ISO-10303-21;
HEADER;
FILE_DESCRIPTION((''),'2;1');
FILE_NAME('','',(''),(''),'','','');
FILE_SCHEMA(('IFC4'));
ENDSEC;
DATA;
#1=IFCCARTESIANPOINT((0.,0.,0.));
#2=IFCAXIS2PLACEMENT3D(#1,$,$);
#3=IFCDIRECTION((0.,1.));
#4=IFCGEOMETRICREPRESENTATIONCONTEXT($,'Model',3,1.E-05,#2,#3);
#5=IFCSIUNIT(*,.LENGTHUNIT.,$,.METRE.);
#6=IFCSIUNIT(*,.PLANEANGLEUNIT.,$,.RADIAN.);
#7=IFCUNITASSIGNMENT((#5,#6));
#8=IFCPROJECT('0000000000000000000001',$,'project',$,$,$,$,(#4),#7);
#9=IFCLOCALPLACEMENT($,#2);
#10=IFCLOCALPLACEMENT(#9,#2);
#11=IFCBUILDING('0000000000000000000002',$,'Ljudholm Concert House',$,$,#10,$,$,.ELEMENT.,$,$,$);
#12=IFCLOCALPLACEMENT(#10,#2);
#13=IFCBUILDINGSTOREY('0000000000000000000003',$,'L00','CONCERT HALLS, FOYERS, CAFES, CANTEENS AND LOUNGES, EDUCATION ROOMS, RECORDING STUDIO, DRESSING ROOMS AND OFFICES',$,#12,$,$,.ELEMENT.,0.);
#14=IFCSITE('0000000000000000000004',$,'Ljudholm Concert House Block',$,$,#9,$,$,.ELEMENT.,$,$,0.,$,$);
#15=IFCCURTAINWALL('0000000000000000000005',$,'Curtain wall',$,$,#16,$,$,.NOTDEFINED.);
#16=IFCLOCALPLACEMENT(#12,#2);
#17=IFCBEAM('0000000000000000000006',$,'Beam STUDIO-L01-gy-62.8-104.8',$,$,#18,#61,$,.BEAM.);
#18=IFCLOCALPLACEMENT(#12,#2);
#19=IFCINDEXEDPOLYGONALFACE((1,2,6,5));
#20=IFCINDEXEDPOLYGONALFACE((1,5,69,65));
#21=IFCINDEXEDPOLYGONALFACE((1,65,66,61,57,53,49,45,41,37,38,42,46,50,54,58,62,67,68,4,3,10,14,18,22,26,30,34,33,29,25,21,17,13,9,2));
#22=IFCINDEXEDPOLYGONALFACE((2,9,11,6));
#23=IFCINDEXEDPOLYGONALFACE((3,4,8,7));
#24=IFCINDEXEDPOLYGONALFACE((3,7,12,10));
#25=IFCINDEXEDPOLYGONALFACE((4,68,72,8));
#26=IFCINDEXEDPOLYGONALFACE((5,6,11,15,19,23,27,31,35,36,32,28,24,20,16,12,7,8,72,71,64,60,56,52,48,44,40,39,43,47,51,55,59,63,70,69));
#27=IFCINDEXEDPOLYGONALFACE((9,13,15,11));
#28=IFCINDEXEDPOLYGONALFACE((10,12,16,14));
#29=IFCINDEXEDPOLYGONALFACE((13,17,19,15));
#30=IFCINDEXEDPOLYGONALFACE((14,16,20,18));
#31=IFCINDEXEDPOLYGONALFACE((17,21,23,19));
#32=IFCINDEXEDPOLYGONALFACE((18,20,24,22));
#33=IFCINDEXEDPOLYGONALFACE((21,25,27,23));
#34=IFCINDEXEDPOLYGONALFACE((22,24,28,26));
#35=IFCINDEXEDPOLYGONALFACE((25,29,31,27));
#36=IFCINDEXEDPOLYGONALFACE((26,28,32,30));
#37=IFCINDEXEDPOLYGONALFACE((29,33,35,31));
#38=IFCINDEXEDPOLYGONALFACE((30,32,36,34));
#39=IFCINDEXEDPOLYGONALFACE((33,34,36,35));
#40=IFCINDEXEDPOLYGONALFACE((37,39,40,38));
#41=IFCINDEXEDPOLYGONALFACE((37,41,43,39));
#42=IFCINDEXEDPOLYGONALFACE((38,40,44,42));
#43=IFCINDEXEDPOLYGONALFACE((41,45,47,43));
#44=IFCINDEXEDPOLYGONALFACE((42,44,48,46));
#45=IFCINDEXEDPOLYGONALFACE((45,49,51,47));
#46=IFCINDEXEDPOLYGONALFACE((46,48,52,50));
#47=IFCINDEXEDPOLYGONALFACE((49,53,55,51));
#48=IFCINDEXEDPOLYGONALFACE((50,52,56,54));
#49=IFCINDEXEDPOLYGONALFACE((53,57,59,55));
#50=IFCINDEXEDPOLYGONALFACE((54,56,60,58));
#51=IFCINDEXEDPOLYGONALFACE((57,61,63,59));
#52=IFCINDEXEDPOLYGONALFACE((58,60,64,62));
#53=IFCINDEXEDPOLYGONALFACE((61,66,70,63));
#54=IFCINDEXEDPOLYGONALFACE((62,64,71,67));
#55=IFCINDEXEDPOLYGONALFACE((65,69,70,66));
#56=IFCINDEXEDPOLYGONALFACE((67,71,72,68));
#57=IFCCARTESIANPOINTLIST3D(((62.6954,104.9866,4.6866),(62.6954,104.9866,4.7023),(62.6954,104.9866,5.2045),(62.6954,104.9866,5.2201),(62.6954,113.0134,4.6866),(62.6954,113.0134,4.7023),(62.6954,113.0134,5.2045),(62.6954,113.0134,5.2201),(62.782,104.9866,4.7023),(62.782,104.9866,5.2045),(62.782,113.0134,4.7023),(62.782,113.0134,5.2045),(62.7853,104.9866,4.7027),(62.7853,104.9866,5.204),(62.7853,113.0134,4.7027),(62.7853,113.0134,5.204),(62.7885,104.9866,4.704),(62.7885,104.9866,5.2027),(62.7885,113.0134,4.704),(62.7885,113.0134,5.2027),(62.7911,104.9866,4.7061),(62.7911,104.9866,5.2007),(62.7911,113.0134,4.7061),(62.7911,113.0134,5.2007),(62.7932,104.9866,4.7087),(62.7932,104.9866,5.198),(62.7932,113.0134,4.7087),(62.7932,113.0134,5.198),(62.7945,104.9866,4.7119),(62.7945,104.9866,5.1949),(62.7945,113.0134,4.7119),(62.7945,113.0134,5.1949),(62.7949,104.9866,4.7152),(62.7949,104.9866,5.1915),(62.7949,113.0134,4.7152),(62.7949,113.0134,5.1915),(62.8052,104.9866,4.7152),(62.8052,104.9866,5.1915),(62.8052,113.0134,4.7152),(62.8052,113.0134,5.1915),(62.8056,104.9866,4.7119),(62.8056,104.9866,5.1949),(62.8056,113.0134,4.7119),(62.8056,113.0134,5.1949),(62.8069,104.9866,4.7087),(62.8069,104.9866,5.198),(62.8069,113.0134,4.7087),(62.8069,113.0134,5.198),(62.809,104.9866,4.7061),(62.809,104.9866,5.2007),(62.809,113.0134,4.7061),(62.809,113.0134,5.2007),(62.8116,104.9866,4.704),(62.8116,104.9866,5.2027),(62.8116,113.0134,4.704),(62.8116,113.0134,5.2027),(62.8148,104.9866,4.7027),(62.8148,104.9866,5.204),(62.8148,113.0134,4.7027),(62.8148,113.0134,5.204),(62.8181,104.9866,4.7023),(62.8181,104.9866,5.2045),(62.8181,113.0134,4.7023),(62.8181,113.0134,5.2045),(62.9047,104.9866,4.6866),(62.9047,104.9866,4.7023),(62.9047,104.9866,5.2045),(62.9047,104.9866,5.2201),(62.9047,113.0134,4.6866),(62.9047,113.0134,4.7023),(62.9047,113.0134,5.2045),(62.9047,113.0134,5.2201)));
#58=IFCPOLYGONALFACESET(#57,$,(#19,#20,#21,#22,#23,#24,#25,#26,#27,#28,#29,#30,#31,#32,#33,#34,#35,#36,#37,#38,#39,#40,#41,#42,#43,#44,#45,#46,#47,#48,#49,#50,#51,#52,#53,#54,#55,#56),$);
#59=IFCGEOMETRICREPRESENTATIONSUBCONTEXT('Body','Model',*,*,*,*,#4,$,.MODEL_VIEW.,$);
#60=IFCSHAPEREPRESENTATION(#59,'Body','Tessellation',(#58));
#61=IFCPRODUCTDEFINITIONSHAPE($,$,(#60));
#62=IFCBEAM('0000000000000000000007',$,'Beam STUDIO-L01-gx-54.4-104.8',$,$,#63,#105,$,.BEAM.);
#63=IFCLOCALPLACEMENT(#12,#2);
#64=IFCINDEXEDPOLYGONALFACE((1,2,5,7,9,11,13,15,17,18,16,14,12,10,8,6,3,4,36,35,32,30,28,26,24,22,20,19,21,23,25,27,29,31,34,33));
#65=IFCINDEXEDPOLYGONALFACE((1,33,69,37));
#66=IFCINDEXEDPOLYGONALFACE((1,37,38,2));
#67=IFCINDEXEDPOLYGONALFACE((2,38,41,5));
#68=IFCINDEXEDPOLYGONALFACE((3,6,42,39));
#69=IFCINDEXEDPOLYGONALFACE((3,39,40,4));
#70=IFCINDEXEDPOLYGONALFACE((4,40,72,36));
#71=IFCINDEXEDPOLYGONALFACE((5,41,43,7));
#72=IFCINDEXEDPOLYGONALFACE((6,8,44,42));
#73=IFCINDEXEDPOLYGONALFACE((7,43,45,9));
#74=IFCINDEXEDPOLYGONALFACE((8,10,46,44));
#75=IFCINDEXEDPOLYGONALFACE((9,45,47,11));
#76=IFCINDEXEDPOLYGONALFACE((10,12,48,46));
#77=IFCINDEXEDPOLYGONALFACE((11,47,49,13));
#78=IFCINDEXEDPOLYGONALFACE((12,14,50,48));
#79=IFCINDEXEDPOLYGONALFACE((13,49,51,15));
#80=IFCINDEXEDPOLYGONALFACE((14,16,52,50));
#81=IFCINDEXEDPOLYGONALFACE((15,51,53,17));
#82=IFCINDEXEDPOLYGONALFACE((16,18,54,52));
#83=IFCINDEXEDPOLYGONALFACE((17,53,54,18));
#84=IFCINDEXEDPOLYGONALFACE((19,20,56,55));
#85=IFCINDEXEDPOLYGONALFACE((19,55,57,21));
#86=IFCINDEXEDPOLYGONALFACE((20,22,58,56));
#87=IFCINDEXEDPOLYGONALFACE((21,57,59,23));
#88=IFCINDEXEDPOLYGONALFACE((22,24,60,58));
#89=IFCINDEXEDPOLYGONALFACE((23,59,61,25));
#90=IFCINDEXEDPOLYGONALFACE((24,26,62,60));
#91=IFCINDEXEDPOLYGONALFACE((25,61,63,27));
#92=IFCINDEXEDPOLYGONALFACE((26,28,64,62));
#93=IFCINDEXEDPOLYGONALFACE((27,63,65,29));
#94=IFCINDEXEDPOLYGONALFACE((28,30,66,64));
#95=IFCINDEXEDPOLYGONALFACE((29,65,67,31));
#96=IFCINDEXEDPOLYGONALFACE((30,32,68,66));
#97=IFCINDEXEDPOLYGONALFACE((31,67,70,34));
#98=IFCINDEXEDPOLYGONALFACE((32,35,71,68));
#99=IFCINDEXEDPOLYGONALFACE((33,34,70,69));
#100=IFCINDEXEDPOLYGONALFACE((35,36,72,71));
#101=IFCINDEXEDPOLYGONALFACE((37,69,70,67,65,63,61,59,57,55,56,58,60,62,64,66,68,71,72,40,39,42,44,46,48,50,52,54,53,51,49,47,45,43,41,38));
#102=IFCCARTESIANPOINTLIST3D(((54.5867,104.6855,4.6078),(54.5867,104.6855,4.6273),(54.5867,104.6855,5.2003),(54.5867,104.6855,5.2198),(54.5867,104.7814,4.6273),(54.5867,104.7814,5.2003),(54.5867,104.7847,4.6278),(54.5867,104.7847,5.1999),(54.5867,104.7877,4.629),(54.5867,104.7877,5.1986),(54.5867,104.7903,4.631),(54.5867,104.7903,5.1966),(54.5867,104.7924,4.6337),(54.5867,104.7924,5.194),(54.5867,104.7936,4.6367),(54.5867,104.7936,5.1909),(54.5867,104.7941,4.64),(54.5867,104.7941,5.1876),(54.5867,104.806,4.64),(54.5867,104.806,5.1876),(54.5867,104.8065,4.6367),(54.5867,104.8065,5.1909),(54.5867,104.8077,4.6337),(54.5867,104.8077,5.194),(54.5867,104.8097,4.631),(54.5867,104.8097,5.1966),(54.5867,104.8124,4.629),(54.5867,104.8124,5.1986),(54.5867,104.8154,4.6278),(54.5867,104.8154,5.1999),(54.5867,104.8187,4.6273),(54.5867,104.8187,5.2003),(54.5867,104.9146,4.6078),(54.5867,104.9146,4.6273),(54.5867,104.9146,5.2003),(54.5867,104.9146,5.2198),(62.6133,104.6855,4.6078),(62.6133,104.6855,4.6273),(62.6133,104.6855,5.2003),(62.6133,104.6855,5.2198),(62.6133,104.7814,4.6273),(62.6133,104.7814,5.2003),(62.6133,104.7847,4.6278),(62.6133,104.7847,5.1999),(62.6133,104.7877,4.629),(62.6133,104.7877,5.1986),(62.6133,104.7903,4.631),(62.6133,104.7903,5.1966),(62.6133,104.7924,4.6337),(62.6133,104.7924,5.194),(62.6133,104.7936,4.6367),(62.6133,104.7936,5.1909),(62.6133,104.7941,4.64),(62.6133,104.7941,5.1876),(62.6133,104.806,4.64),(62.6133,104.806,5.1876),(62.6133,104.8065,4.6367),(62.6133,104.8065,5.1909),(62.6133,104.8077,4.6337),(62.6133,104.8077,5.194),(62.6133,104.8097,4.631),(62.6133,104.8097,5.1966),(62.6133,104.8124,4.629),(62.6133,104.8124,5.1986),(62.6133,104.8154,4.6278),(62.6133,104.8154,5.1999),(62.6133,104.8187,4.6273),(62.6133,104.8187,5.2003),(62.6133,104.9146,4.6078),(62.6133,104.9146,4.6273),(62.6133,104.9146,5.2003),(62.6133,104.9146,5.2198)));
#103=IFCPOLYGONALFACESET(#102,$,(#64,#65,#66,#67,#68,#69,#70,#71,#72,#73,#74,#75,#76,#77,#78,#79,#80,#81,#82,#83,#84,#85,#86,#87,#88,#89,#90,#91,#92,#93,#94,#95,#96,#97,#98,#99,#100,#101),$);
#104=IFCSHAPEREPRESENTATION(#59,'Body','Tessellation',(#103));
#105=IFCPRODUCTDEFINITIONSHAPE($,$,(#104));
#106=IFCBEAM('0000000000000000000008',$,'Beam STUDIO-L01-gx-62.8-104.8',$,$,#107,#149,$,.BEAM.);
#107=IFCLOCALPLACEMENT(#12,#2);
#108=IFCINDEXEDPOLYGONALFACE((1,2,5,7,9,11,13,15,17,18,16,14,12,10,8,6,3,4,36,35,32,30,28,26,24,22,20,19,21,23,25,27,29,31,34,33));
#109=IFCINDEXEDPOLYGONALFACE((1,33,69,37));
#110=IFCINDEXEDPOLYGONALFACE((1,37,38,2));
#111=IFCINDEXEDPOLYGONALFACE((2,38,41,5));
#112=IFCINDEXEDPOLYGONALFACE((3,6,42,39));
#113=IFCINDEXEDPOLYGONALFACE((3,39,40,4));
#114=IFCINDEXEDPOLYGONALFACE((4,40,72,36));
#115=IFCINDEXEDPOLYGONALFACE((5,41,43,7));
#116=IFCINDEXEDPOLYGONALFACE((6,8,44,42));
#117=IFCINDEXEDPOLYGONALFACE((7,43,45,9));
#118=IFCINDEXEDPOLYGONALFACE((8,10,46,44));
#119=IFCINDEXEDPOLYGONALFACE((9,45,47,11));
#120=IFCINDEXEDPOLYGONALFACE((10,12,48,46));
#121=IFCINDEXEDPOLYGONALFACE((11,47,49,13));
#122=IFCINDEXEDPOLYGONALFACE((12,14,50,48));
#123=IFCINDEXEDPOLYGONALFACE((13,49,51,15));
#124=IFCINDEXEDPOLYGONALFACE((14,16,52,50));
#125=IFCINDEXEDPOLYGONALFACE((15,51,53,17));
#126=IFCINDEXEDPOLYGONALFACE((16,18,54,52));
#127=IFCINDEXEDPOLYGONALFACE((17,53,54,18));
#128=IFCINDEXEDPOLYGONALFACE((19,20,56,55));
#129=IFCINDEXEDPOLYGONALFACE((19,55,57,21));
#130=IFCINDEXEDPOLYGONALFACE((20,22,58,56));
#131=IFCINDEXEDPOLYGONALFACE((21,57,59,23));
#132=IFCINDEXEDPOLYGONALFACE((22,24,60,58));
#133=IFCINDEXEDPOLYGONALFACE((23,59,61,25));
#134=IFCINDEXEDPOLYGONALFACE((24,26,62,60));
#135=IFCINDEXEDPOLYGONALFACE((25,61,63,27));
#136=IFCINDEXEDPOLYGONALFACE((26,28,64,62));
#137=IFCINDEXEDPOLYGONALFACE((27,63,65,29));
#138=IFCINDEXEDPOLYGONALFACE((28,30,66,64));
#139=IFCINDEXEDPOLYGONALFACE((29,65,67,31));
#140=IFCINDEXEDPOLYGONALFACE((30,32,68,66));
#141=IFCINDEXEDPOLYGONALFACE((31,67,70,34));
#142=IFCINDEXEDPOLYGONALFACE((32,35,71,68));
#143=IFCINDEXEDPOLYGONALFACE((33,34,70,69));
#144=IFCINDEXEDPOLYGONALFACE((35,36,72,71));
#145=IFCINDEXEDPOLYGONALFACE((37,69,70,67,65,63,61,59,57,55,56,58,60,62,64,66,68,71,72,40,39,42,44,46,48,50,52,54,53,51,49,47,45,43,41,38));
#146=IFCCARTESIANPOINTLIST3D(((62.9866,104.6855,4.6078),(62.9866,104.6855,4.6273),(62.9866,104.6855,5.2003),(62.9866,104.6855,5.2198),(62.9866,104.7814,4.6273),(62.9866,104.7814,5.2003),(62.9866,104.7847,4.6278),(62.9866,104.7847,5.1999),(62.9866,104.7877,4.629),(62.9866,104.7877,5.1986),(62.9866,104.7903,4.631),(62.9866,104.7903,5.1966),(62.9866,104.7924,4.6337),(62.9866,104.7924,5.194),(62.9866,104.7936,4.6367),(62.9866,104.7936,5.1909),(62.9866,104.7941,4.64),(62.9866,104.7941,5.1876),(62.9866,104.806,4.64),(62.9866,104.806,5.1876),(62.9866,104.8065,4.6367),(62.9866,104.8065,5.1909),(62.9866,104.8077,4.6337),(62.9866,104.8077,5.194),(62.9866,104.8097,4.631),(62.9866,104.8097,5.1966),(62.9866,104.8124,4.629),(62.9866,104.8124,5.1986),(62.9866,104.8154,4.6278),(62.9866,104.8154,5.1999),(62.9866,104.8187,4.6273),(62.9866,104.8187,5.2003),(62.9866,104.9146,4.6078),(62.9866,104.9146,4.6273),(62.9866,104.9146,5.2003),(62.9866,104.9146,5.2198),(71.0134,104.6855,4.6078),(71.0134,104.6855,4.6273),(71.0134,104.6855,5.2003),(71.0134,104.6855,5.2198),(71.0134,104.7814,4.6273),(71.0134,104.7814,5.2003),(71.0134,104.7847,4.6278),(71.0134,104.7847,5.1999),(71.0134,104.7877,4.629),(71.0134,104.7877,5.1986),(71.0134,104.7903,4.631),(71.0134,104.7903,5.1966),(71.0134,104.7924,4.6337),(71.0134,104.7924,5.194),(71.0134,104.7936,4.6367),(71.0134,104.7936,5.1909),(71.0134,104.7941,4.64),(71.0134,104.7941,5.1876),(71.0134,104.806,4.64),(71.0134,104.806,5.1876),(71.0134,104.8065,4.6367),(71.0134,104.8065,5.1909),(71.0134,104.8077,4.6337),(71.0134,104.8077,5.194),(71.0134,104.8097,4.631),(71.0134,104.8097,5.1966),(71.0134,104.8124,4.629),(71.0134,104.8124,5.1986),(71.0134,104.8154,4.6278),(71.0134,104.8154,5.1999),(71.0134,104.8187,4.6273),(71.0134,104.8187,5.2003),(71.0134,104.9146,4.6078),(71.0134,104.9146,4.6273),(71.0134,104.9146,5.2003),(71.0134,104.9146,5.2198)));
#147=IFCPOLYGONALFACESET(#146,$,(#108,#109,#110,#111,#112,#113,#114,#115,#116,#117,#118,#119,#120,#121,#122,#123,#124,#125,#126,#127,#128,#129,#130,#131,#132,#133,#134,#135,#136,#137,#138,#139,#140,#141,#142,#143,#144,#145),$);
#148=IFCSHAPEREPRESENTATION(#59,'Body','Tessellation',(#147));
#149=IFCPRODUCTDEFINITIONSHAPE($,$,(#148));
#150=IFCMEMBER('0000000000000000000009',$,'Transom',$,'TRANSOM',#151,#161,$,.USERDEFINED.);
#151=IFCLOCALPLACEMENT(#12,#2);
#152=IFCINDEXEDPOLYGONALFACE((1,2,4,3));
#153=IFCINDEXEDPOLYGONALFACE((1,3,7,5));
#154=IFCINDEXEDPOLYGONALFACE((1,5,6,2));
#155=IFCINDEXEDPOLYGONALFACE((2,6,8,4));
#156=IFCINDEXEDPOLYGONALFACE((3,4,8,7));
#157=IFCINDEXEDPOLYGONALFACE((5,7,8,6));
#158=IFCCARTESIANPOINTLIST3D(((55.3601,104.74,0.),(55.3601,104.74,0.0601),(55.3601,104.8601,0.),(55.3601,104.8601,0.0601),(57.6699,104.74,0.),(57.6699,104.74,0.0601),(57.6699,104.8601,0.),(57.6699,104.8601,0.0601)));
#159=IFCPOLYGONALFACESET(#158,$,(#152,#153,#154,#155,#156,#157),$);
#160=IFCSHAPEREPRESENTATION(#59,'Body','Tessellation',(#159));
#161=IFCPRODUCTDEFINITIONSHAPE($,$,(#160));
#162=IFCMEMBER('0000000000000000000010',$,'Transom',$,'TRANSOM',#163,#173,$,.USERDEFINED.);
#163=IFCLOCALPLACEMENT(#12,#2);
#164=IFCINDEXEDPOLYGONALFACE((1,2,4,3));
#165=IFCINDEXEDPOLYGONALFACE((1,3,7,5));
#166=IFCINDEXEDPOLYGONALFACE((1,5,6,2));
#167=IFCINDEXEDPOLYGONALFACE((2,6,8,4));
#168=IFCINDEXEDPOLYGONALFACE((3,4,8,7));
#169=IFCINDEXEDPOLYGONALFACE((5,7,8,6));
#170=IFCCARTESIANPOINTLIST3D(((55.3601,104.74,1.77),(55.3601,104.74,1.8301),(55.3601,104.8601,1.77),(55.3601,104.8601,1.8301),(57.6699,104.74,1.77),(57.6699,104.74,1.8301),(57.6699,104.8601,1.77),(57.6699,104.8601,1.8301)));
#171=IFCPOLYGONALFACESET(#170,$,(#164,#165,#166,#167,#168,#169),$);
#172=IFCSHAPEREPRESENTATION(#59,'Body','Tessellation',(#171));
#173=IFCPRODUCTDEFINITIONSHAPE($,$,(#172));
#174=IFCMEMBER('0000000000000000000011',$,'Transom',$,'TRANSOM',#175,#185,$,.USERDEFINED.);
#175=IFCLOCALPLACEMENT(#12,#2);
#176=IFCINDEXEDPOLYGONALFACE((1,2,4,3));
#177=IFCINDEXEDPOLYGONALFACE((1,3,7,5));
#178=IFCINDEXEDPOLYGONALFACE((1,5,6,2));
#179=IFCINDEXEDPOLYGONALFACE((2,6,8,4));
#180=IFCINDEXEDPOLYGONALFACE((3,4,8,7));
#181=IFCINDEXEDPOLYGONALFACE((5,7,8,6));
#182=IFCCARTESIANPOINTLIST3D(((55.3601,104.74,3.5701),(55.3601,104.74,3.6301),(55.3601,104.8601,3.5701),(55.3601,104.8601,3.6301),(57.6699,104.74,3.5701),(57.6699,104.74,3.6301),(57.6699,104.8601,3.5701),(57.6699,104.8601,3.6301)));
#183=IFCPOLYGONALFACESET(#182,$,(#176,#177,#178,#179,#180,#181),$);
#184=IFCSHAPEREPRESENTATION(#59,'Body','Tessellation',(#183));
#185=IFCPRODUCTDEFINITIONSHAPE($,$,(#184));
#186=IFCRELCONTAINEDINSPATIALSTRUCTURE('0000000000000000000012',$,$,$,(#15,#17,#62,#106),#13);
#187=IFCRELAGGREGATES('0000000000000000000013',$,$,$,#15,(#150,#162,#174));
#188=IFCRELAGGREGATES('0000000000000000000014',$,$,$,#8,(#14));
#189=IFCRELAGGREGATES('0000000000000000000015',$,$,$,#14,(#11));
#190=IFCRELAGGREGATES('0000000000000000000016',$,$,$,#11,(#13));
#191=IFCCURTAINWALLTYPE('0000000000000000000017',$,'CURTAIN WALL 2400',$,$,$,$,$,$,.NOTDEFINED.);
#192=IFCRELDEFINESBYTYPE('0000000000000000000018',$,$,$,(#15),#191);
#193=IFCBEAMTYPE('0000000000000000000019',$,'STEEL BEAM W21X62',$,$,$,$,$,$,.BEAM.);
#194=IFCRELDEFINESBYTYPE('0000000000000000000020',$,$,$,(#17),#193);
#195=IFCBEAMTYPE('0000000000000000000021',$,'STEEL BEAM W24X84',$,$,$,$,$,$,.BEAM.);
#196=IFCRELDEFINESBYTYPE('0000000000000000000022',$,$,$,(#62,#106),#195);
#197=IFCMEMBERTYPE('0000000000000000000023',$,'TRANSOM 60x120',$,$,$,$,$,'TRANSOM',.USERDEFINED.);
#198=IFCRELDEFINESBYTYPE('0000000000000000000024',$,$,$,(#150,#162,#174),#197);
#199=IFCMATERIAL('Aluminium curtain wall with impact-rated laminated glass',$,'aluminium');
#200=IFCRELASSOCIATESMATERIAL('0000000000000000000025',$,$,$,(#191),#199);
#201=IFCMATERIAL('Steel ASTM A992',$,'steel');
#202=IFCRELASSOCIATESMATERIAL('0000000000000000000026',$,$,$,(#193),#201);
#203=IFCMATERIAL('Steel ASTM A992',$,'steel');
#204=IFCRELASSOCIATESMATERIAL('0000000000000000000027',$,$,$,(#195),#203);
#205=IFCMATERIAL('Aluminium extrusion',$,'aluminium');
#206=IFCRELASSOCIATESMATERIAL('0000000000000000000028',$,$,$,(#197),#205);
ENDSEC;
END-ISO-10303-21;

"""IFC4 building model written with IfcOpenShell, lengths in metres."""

from ifc_helpers import new_model, si_unit, direction, frame, origin, origin_2d, place, context, subcontext, project, spatial, rectangle, i_section, extrude, material, material_profile, profile_set, type_object, element, aggregate, save


model = new_model("IFC4")

# Units and contexts
model_context = context("Model", 3, precision=1e-05, world=origin(), true_north=direction((0.0, 1.0)))
body_context = subcontext(model_context, "Body", "Model", "MODEL_VIEW")
ifc_project = project(units=[si_unit("LENGTHUNIT", "METRE"), si_unit("PLANEANGLEUNIT", "RADIAN")], contexts=[model_context])

# Site, building, storey
site_placement = place(None, origin())
site = spatial("IfcSite", under=ifc_project, at=site_placement, Name="Ljudholm Concert House Block", CompositionType="ELEMENT", RefElevation=0.0)
building_placement = place(site_placement, origin())
building = spatial("IfcBuilding", under=site, at=building_placement, Name="Ljudholm Concert House", CompositionType="ELEMENT")
storey_placement = place(building_placement, origin())
storey = spatial("IfcBuildingStorey", under=building, at=storey_placement, Name="L00", Description="CONCERT HALLS, FOYERS, CAFES, CANTEENS AND LOUNGES, EDUCATION ROOMS, RECORDING STUDIO, DRESSING ROOMS AND OFFICES", CompositionType="ELEMENT", Elevation=0.0)

# Curtain wall
ifc_material_1 = material(Name="Aluminium curtain wall with impact-rated laminated glass", Category="aluminium")
curtain_wall_type = type_object("IfcCurtainWallType", Name="CURTAIN WALL 2400", PredefinedType="NOTDEFINED", material=ifc_material_1)
curtain_wall_placement = place(storey_placement, origin())
curtain_wall = element("IfcCurtainWall", 1, at=curtain_wall_placement, inside=storey, type_object=curtain_wall_type, Name="Curtain wall", PredefinedType="NOTDEFINED")

# Beams
ifc_material_2 = material(Name="Steel ASTM A992", Category="steel")
ifc_material_profile_1 = material_profile(ifc_material_2, i_section(OverallWidth=0.2092, OverallDepth=0.5334, WebThickness=0.0103, FlangeThickness=0.0156, FilletRadius=0.0129, at=origin_2d()), Name="W21X62")
ifc_profile_set_1 = profile_set([ifc_material_profile_1], Name="Steel ASTM A992")
beam_type_1 = type_object("IfcBeamType", Name="STEEL BEAM W21X62", PredefinedType="BEAM", material=ifc_profile_set_1)
beam_1_placement = place(storey_placement, frame((62.8, 104.9866, 4.9534), z_axis=(0.0, 1.0, 0.0), x_axis=(-1.0, 0.0, 0.0)))
element("IfcBeam", 2, at=beam_1_placement, inside=storey, type_object=beam_type_1, Name="Beam STUDIO-L01-gy-62.8-104.8", PredefinedType="BEAM", context=body_context, shape_type="SweptSolid", body=[
    extrude(i_section(OverallWidth=0.2092, OverallDepth=0.5334, WebThickness=0.0103, FlangeThickness=0.0156, FilletRadius=0.0129, at=origin_2d()), origin(), (0.0, 0.0, 1.0), 8.0269),
])
ifc_material_3 = material(Name="Steel ASTM A992", Category="steel")
ifc_material_profile_2 = material_profile(ifc_material_3, i_section(OverallWidth=0.229, OverallDepth=0.6121, WebThickness=0.012, FlangeThickness=0.0195, FilletRadius=0.0127, at=origin_2d()), Name="W24X84")
ifc_profile_set_2 = profile_set([ifc_material_profile_2], Name="Steel ASTM A992")
beam_type_2 = type_object("IfcBeamType", Name="STEEL BEAM W24X84", PredefinedType="BEAM", material=ifc_profile_set_2)
beam_2_placement = place(storey_placement, frame((54.5867, 104.8, 4.9138), z_axis=(1.0, 0.0, 0.0), x_axis=(0.0, 1.0, 0.0)))
element("IfcBeam", 3, at=beam_2_placement, inside=storey, type_object=beam_type_2, Name="Beam STUDIO-L01-gx-54.4-104.8", PredefinedType="BEAM", context=body_context, shape_type="SweptSolid", body=[
    extrude(i_section(OverallWidth=0.229, OverallDepth=0.6121, WebThickness=0.012, FlangeThickness=0.0195, FilletRadius=0.0127, at=origin_2d()), origin(), (0.0, 0.0, 1.0), 8.0266),
])
beam_3_placement = place(storey_placement, frame((62.9866, 104.8, 4.9138), z_axis=(1.0, 0.0, 0.0), x_axis=(0.0, 1.0, 0.0)))
element("IfcBeam", 4, at=beam_3_placement, inside=storey, type_object=beam_type_2, Name="Beam STUDIO-L01-gx-62.8-104.8", PredefinedType="BEAM", context=body_context, shape_type="SweptSolid", body=[
    extrude(i_section(OverallWidth=0.229, OverallDepth=0.6121, WebThickness=0.012, FlangeThickness=0.0195, FilletRadius=0.0127, at=origin_2d()), origin(), (0.0, 0.0, 1.0), 8.0269),
])

# Members
ifc_material_4 = material(Name="Aluminium extrusion", Category="aluminium")
ifc_material_profile_3 = material_profile(ifc_material_4, rectangle(XDim=0.1201, YDim=0.0601, at=origin_2d()), Name="TRANSOM 60x120")
ifc_profile_set_3 = profile_set([ifc_material_profile_3], Name="Aluminium extrusion")
member_type_1 = type_object("IfcMemberType", Name="TRANSOM 60x120", ElementType="TRANSOM", PredefinedType="USERDEFINED", material=ifc_profile_set_3)
member_1_placement = place(storey_placement, frame((55.3601, 104.8, 0.03), z_axis=(1.0, 0.0, 0.0), x_axis=(0.0, 1.0, 0.0)))
member_1 = element("IfcMember", 5, at=member_1_placement, type_object=member_type_1, Name="Transom", ObjectType="TRANSOM", PredefinedType="USERDEFINED", context=body_context, shape_type="SweptSolid", body=[
    extrude(rectangle(XDim=0.1201, YDim=0.0601, at=origin_2d()), origin(), (0.0, 0.0, 1.0), 2.3098),
])
member_2_placement = place(storey_placement, frame((55.3601, 104.8, 1.8), z_axis=(1.0, 0.0, 0.0), x_axis=(0.0, 1.0, 0.0)))
member_2 = element("IfcMember", 6, at=member_2_placement, type_object=member_type_1, Name="Transom", ObjectType="TRANSOM", PredefinedType="USERDEFINED", context=body_context, shape_type="SweptSolid", body=[
    extrude(rectangle(XDim=0.1201, YDim=0.0601, at=origin_2d()), origin(), (0.0, 0.0, 1.0), 2.3098),
])
member_3_placement = place(storey_placement, frame((55.3601, 104.8, 3.6001), z_axis=(1.0, 0.0, 0.0), x_axis=(0.0, 1.0, 0.0)))
member_3 = element("IfcMember", 7, at=member_3_placement, type_object=member_type_1, Name="Transom", ObjectType="TRANSOM", PredefinedType="USERDEFINED", context=body_context, shape_type="SweptSolid", body=[
    extrude(rectangle(XDim=0.1201, YDim=0.0601, at=origin_2d()), origin(), (0.0, 0.0, 1.0), 2.3098),
])

aggregate(curtain_wall, [member_1, member_2, member_3])

save(model, "model.ifc")
